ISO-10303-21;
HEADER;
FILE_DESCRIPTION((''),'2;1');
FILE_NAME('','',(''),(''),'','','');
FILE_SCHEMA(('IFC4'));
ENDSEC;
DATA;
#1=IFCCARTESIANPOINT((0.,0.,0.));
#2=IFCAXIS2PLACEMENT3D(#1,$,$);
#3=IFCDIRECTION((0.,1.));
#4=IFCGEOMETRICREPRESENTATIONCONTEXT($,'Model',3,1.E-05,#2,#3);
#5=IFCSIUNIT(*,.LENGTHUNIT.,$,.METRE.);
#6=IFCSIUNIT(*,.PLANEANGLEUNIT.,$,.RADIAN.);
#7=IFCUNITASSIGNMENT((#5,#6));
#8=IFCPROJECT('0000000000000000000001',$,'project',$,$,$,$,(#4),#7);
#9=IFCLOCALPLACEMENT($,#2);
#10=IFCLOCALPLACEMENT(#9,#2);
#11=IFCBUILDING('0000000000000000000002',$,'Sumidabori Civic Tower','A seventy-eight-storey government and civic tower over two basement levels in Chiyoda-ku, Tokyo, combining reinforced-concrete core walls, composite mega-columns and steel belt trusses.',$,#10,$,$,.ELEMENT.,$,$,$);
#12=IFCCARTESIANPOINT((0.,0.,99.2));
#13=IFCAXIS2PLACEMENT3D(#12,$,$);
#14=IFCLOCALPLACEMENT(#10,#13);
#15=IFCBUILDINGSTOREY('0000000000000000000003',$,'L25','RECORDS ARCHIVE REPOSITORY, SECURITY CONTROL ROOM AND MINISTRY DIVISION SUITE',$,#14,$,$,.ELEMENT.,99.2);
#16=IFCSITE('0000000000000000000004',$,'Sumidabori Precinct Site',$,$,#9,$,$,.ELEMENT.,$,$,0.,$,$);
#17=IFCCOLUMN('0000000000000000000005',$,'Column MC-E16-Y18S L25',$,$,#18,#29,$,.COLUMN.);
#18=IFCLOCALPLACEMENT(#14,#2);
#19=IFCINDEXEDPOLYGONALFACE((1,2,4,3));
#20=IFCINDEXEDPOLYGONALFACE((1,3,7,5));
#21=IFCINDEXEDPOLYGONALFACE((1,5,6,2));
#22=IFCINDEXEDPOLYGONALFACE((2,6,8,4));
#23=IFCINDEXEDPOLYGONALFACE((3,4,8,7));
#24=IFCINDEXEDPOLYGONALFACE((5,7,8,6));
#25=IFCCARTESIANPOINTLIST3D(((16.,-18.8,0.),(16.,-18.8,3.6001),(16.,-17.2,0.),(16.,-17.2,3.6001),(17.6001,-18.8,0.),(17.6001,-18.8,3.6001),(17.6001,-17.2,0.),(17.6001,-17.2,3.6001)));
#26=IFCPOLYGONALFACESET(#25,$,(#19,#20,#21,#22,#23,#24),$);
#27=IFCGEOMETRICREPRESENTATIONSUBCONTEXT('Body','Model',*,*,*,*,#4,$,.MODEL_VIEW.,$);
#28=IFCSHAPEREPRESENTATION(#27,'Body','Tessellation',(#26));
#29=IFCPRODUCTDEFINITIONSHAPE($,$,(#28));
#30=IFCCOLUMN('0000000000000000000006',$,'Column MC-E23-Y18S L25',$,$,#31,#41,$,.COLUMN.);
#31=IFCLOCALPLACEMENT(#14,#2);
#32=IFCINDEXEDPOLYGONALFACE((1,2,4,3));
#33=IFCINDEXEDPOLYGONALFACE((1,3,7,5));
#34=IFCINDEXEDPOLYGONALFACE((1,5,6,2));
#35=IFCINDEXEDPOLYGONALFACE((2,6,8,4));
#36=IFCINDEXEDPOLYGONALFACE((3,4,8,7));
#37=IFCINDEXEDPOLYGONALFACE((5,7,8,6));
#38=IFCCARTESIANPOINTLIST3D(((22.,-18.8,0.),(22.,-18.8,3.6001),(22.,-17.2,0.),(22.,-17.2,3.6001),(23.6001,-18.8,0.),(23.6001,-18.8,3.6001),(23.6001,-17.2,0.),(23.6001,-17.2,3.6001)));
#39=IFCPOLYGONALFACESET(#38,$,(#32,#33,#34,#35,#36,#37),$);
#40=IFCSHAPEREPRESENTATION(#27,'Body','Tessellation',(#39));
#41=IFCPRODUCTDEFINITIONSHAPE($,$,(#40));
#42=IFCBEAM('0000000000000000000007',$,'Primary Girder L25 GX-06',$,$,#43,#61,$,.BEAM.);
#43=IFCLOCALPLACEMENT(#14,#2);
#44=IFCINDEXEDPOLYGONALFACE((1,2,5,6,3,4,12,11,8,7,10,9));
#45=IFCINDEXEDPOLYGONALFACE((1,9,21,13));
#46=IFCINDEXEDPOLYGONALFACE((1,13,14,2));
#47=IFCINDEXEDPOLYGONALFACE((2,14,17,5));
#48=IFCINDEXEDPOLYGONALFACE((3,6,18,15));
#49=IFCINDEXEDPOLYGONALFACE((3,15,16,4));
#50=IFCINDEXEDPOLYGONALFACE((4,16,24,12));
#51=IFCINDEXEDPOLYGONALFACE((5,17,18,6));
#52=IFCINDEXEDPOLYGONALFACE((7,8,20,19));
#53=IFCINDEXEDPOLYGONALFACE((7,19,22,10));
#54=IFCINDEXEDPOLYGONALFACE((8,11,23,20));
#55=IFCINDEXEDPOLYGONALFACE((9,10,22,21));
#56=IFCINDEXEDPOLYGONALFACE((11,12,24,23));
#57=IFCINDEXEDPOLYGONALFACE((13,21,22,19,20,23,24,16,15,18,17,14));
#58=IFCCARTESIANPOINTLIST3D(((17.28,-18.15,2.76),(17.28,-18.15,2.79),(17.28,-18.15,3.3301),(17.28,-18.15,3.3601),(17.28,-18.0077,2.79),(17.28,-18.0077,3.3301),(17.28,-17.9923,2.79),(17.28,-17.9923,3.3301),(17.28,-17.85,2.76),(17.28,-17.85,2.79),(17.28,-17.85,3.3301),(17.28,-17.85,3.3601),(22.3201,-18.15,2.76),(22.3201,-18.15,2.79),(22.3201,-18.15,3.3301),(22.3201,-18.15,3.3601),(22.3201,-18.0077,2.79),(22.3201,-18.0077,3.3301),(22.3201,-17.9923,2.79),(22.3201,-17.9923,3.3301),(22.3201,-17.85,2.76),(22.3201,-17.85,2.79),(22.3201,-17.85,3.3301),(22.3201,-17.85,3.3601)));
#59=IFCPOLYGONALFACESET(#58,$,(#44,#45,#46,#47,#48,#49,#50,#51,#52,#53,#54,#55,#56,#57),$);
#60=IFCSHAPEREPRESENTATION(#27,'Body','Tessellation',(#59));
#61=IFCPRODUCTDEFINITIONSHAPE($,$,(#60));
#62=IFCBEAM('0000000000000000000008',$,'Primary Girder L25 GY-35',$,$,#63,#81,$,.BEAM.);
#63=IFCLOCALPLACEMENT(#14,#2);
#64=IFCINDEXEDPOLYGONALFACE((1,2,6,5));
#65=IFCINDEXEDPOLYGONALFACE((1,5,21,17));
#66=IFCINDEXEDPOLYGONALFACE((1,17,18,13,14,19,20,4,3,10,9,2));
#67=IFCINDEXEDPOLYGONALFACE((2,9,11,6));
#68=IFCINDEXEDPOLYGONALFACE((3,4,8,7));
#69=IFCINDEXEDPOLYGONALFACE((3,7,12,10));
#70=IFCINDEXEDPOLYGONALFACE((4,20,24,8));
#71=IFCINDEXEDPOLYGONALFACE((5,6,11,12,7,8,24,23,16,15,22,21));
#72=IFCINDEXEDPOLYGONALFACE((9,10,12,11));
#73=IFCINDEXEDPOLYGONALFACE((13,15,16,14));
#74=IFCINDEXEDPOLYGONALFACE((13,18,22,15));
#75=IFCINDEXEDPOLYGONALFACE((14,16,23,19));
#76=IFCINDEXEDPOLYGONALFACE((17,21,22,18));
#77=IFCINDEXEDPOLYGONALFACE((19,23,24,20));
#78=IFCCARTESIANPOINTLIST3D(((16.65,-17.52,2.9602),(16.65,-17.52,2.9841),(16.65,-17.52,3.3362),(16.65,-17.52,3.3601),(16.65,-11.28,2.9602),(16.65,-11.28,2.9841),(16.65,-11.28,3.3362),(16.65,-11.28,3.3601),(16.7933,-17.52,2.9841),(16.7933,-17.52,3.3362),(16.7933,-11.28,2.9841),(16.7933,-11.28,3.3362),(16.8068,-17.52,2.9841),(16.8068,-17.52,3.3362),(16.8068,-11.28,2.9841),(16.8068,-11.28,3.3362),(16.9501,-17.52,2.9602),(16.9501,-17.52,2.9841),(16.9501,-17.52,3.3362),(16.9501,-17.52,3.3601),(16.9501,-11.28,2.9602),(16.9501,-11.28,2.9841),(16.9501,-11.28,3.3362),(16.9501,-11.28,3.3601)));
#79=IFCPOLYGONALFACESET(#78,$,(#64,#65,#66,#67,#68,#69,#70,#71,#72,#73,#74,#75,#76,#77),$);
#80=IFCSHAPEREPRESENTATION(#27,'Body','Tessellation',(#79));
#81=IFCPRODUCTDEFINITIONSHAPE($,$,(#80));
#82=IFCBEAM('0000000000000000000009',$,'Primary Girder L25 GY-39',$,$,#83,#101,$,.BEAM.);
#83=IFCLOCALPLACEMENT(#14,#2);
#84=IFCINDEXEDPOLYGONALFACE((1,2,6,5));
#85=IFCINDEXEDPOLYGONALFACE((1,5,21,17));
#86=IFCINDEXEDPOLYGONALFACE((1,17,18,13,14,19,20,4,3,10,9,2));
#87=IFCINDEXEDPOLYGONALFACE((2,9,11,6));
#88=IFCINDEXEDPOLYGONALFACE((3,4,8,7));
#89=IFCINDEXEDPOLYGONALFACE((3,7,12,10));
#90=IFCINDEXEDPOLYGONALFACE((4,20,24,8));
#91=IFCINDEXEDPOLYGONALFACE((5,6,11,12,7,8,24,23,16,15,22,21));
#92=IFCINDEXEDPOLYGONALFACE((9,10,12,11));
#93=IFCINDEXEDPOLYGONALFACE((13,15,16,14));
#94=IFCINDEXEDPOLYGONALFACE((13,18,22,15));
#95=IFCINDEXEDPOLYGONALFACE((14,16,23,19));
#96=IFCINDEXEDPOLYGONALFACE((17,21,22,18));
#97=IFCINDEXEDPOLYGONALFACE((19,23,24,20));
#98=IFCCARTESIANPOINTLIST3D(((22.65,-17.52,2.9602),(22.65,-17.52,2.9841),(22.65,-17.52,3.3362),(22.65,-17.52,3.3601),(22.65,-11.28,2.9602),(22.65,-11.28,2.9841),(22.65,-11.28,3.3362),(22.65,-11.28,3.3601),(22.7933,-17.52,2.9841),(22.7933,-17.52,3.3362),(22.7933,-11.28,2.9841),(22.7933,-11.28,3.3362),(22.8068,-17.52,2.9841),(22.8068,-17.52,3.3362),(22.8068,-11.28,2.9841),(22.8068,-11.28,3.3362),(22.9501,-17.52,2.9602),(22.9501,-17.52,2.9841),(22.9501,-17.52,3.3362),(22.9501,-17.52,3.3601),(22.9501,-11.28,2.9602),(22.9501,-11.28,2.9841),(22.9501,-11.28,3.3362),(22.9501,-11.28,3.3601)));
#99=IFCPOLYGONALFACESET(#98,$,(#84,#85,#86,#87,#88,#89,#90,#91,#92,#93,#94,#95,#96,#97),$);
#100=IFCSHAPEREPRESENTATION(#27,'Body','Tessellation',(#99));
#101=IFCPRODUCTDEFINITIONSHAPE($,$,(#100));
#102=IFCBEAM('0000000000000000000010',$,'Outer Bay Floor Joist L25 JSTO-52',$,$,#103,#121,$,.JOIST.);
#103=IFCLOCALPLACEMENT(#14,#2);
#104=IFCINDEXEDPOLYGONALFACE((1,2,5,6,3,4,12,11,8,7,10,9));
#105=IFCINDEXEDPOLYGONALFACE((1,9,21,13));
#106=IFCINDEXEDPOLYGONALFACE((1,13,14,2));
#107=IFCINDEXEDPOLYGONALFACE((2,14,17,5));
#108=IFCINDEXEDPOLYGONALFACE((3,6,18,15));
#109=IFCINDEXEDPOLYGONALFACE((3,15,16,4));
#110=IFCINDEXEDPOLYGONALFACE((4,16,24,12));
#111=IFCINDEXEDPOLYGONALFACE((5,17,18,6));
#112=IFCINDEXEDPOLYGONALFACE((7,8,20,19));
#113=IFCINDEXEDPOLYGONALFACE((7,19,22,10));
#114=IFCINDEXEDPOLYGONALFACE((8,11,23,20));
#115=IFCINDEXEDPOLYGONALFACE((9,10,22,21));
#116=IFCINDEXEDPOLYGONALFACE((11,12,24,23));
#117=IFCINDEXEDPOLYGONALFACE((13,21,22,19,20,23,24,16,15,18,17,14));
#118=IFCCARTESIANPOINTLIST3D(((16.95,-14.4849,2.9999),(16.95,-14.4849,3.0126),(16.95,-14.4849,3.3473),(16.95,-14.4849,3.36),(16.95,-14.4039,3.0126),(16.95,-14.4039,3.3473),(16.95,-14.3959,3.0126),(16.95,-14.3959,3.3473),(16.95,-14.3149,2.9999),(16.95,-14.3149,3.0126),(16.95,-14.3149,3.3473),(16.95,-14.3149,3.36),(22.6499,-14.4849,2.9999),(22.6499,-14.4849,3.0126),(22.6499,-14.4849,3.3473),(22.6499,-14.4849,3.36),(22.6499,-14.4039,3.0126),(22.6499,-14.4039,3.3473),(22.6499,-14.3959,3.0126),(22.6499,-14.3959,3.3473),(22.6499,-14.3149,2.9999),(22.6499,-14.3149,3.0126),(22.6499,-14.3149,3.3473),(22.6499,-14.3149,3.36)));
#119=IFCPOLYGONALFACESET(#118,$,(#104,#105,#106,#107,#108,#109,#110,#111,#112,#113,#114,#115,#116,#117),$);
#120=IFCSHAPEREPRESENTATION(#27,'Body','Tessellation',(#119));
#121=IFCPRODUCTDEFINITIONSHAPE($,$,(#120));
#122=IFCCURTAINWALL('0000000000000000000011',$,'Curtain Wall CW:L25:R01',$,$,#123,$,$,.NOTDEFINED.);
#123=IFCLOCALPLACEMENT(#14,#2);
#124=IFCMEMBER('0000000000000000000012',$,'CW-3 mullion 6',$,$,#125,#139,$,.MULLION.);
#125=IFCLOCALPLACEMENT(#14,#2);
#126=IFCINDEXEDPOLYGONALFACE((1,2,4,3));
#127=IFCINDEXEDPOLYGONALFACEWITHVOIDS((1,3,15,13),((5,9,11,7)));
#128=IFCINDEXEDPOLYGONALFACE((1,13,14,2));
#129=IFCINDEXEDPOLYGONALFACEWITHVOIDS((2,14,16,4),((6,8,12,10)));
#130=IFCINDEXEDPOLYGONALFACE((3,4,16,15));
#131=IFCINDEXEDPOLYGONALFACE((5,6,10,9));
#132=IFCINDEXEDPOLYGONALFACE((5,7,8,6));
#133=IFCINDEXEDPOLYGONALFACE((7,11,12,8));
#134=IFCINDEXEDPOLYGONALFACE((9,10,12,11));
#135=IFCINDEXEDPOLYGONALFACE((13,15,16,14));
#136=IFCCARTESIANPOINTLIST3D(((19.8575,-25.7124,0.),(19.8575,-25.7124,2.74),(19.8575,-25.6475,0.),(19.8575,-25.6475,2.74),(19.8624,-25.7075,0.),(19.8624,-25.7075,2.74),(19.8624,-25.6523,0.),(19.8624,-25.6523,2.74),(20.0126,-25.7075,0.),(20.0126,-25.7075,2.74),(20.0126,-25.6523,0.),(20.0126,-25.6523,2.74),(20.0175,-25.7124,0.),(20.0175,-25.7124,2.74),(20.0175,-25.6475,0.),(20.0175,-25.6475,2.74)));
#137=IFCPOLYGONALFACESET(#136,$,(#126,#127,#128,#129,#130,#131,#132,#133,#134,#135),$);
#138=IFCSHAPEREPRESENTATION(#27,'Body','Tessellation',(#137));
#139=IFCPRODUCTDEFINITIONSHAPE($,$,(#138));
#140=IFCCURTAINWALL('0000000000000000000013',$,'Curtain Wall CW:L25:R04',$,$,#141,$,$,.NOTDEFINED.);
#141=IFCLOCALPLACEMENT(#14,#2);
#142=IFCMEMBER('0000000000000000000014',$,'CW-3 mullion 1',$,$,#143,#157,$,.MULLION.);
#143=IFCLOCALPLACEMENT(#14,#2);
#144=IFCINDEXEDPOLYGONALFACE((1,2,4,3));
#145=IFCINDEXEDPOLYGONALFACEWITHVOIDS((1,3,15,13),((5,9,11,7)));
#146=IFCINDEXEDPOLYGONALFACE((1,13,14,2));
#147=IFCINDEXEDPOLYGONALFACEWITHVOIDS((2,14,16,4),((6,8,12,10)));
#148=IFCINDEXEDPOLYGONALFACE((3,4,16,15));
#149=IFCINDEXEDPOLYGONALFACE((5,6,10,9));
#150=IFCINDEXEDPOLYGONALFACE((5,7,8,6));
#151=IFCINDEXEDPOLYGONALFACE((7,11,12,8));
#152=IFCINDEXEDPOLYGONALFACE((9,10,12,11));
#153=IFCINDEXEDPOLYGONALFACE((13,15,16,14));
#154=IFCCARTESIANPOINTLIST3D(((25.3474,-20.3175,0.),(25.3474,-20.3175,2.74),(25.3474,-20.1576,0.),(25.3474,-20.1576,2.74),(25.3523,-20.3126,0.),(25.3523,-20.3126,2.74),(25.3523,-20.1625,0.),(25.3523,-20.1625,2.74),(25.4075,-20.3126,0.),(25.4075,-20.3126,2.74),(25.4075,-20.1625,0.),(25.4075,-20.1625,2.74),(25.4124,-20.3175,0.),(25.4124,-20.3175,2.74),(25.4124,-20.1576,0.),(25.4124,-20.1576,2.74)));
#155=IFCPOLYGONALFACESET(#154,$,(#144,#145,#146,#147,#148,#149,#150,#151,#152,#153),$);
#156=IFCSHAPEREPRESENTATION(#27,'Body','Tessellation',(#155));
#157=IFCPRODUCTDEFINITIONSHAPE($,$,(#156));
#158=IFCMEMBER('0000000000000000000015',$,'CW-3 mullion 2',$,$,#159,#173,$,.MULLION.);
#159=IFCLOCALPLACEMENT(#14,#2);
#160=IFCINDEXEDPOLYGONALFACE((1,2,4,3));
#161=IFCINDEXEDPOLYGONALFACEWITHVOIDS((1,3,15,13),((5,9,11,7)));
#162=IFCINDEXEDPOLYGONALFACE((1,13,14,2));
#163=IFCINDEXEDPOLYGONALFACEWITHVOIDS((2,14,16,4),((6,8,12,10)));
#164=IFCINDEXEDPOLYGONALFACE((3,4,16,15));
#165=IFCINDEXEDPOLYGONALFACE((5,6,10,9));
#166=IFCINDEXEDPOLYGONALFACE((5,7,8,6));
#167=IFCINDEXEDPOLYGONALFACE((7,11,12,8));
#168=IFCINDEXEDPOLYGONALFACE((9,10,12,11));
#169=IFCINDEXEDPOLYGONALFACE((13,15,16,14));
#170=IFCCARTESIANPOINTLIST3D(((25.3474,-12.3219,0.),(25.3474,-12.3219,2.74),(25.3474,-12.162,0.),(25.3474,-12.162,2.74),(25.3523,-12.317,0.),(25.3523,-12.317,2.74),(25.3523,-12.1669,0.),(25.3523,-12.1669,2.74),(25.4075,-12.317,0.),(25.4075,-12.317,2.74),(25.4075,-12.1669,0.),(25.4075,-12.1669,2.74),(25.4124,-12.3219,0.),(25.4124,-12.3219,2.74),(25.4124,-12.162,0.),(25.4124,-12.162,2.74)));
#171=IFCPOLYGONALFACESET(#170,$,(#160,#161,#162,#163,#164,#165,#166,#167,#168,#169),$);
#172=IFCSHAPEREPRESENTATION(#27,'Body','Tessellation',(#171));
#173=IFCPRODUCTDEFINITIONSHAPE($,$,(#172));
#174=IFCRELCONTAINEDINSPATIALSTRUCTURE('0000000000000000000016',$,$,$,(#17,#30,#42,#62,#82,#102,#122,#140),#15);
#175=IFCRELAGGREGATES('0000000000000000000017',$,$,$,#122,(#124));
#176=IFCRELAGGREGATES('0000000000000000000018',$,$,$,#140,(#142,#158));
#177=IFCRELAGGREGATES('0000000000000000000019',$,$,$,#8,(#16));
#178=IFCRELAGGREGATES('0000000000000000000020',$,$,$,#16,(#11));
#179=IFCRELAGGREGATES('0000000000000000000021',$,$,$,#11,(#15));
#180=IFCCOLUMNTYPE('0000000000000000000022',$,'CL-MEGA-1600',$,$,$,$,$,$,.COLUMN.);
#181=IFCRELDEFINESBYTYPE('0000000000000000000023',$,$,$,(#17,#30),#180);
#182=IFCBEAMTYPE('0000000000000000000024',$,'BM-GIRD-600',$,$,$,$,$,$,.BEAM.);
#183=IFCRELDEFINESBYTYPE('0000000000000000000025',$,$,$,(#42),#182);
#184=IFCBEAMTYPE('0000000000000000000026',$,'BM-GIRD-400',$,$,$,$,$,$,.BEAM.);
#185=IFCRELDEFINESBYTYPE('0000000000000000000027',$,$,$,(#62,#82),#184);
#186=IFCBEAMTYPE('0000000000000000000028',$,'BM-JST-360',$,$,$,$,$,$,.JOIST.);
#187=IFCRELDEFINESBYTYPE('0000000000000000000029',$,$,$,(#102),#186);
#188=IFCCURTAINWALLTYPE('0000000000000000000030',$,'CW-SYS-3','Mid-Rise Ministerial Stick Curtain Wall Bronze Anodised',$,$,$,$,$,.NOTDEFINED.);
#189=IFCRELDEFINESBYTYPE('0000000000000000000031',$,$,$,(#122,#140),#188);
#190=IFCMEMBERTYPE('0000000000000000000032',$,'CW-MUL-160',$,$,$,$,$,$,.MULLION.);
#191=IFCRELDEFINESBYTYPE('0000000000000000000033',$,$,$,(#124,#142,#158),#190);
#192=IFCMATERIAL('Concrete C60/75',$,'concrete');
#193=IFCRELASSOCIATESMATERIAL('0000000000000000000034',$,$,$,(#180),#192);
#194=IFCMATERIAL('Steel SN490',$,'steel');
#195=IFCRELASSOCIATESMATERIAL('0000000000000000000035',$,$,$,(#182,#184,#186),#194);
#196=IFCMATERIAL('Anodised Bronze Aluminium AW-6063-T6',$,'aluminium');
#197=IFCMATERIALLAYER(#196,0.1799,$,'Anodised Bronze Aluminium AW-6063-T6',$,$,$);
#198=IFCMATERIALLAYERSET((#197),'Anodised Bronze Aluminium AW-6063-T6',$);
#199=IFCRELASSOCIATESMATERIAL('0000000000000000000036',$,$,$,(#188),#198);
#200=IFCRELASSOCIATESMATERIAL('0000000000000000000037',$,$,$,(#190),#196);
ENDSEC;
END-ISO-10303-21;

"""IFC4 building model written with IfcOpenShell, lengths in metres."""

from ifc_helpers import new_model, si_unit, direction, frame, origin, origin_2d, place, context, subcontext, project, spatial, rectangle, hollow_rectangle, i_section, extrude, source, transform, mapped, material, layer, layer_set, material_profile, profile_set, type_object, element, aggregate, save


model = new_model("IFC4")

# Units and contexts
model_context = context("Model", 3, precision=1e-05, world=origin(), true_north=direction((0.0, 1.0)))
body_context = subcontext(model_context, "Body", "Model", "MODEL_VIEW")
ifc_project = project(units=[si_unit("LENGTHUNIT", "METRE"), si_unit("PLANEANGLEUNIT", "RADIAN")], contexts=[model_context])

# Site, building, storey
site_placement = place(None, origin())
site = spatial("IfcSite", under=ifc_project, at=site_placement, Name="Sumidabori Precinct Site", CompositionType="ELEMENT", RefElevation=0.0)
building_placement = place(site_placement, origin())
building = spatial("IfcBuilding", under=site, at=building_placement, Name="Sumidabori Civic Tower", Description="A seventy-eight-storey government and civic tower over two basement levels in Chiyoda-ku, Tokyo, combining reinforced-concrete core walls, composite mega-columns and steel belt trusses.", CompositionType="ELEMENT")
storey_placement = place(building_placement, frame((0.0, 0.0, 99.2)))
storey = spatial("IfcBuildingStorey", under=building, at=storey_placement, Name="L25", Description="RECORDS ARCHIVE REPOSITORY, SECURITY CONTROL ROOM AND MINISTRY DIVISION SUITE", CompositionType="ELEMENT", Elevation=99.2)

# Columns
ifc_material_1 = material(Name="Concrete C60/75", Category="concrete")
ifc_material_profile_1 = material_profile(ifc_material_1, rectangle(XDim=1.6001, YDim=1.6001, at=origin_2d()), Name="RC 1600x1600")
ifc_profile_set_1 = profile_set([ifc_material_profile_1], Name="Concrete C60/75")
column_type = type_object("IfcColumnType", Name="CL-MEGA-1600", PredefinedType="COLUMN", material=ifc_profile_set_1)
shared_shape_1 = source(origin(), body_context, "Body", "SweptSolid", [
    extrude(rectangle(XDim=1.6001, YDim=1.6001, at=origin_2d()), origin(), (0.0, 0.0, 1.0), 3.6001),
])
for number, where, z_axis, x_axis, name in (
    (1, (16.8, -18.0, 0.0), (0.0, 0.0, 1.0), (1.0, 0.0, 0.0), "Column MC-E16-Y18S L25"),
    (2, (22.8, -18.0, 0.0), (0.0, 0.0, 1.0), (1.0, 0.0, 0.0), "Column MC-E23-Y18S L25"),
):
    element("IfcColumn", number, at=place(storey_placement, frame(where, z_axis=z_axis, x_axis=x_axis)), inside=storey, type_object=column_type, Name=name, PredefinedType="COLUMN", context=body_context, shape_type="MappedRepresentation", body=[
        mapped(shared_shape_1, transform((0.0, 0.0, 0.0), x_axis=(1.0, 0.0, 0.0), y_axis=(0.0, 1.0, 0.0), z_axis=(0.0, 0.0, 1.0), scale=1.0)),
    ])

# Beams
ifc_material_2 = material(Name="Steel SN490", Category="steel")
ifc_material_profile_2 = material_profile(ifc_material_2, i_section(OverallWidth=0.3, OverallDepth=0.6001, WebThickness=0.0154, FlangeThickness=0.03, at=origin_2d()), Name="HE 600 B")
ifc_profile_set_2 = profile_set([ifc_material_profile_2], Name="Steel SN490")
beam_type_1 = type_object("IfcBeamType", Name="BM-GIRD-600", PredefinedType="BEAM", material=ifc_profile_set_2)
shared_shape_2 = source(origin(), body_context, "Body", "SweptSolid", [
    extrude(i_section(OverallWidth=0.3, OverallDepth=0.6001, WebThickness=0.0154, FlangeThickness=0.03, at=origin_2d()), origin(), (0.0, 0.0, 1.0), 5.04),
])
beam_1_placement = place(storey_placement, frame((17.28, -18.0, 3.0601), z_axis=(1.0, 0.0, 0.0), x_axis=(0.0, 1.0, 0.0)))
element("IfcBeam", 3, at=beam_1_placement, inside=storey, type_object=beam_type_1, Name="Primary Girder L25 GX-06", PredefinedType="BEAM", context=body_context, shape_type="MappedRepresentation", body=[
    mapped(shared_shape_2, transform((0.0, 0.0, 0.0), x_axis=(1.0, 0.0, 0.0), y_axis=(0.0, 1.0, 0.0), z_axis=(0.0, 0.0, 1.0), scale=1.0)),
])
ifc_material_profile_3 = material_profile(ifc_material_2, i_section(OverallWidth=0.3, OverallDepth=0.3999, WebThickness=0.0134, FlangeThickness=0.0239, at=origin_2d()), Name="HE 400 B")
ifc_profile_set_3 = profile_set([ifc_material_profile_3], Name="Steel SN490")
beam_type_2 = type_object("IfcBeamType", Name="BM-GIRD-400", PredefinedType="BEAM", material=ifc_profile_set_3)
shared_shape_3 = source(origin(), body_context, "Body", "SweptSolid", [
    extrude(i_section(OverallWidth=0.3, OverallDepth=0.3999, WebThickness=0.0134, FlangeThickness=0.0239, at=origin_2d()), origin(), (0.0, 0.0, 1.0), 6.24),
])
for number, where, z_axis, x_axis, name in (
    (4, (16.8, -17.52, 3.1602), (0.0, 1.0, 0.0), (-1.0, 0.0, 0.0), "Primary Girder L25 GY-35"),
    (5, (22.8, -17.52, 3.1602), (0.0, 1.0, 0.0), (-1.0, 0.0, 0.0), "Primary Girder L25 GY-39"),
):
    element("IfcBeam", number, at=place(storey_placement, frame(where, z_axis=z_axis, x_axis=x_axis)), inside=storey, type_object=beam_type_2, Name=name, PredefinedType="BEAM", context=body_context, shape_type="MappedRepresentation", body=[
        mapped(shared_shape_3, transform((0.0, 0.0, 0.0), x_axis=(1.0, 0.0, 0.0), y_axis=(0.0, 1.0, 0.0), z_axis=(0.0, 0.0, 1.0), scale=1.0)),
    ])
ifc_material_profile_4 = material_profile(ifc_material_2, i_section(OverallWidth=0.1699, OverallDepth=0.3601, WebThickness=0.0081, FlangeThickness=0.0127, at=origin_2d()), Name="IPE 360")
ifc_profile_set_4 = profile_set([ifc_material_profile_4], Name="Steel SN490")
beam_type_3 = type_object("IfcBeamType", Name="BM-JST-360", PredefinedType="JOIST", material=ifc_profile_set_4)
shared_shape_4 = source(origin(), body_context, "Body", "SweptSolid", [
    extrude(i_section(OverallWidth=0.1699, OverallDepth=0.3601, WebThickness=0.0081, FlangeThickness=0.0127, at=origin_2d()), origin(), (0.0, 0.0, 1.0), 5.7),
])
beam_2_placement = place(storey_placement, frame((16.95, -14.3999, 3.1799), z_axis=(1.0, 0.0, 0.0), x_axis=(0.0, 1.0, 0.0)))
element("IfcBeam", 6, at=beam_2_placement, inside=storey, type_object=beam_type_3, Name="Outer Bay Floor Joist L25 JSTO-52", PredefinedType="JOIST", context=body_context, shape_type="MappedRepresentation", body=[
    mapped(shared_shape_4, transform((0.0, 0.0, 0.0), x_axis=(1.0, 0.0, 0.0), y_axis=(0.0, 1.0, 0.0), z_axis=(0.0, 0.0, 1.0), scale=1.0)),
])

# Curtain wall, member
ifc_material_3 = material(Name="Anodised Bronze Aluminium AW-6063-T6", Category="aluminium")
ifc_layer_1 = layer(ifc_material_3, 0.1799, Name="Anodised Bronze Aluminium AW-6063-T6")
ifc_layer_set_1 = layer_set([ifc_layer_1], Name="Anodised Bronze Aluminium AW-6063-T6")
curtain_wall_type = type_object("IfcCurtainWallType", Name="CW-SYS-3", Description="Mid-Rise Ministerial Stick Curtain Wall Bronze Anodised", PredefinedType="NOTDEFINED", material=ifc_layer_set_1)
curtain_wall_1_placement = place(storey_placement, origin())
curtain_wall_1 = element("IfcCurtainWall", 7, at=curtain_wall_1_placement, inside=storey, type_object=curtain_wall_type, Name="Curtain Wall CW:L25:R01", PredefinedType="NOTDEFINED")
ifc_material_profile_5 = material_profile(ifc_material_3, hollow_rectangle(XDim=0.0649, YDim=0.1599, WallThickness=0.0049, at=origin_2d()), Name="ALU MULLION 160x65")
ifc_profile_set_5 = profile_set([ifc_material_profile_5], Name="Anodised Bronze Aluminium AW-6063-T6")
member_type_1 = type_object("IfcMemberType", Name="CW-MUL-160", PredefinedType="MULLION", material=ifc_profile_set_5)
shared_shape_5 = source(origin(), body_context, "Body", "SweptSolid", [
    extrude(hollow_rectangle(XDim=0.0649, YDim=0.1599, WallThickness=0.0049, at=origin_2d()), origin(), (0.0, 0.0, 1.0), 2.74),
])
member_1_placement = place(storey_placement, frame((19.9375, -25.6799, 0.0), z_axis=(0.0, 0.0, 1.0), x_axis=(0.0, 1.0, 0.0)))
member_1 = element("IfcMember", 8, at=member_1_placement, type_object=member_type_1, Name="CW-3 mullion 6", PredefinedType="MULLION", context=body_context, shape_type="MappedRepresentation", body=[
    mapped(shared_shape_5, transform((0.0, 0.0, 0.0), x_axis=(1.0, 0.0, 0.0), y_axis=(0.0, 1.0, 0.0), z_axis=(0.0, 0.0, 1.0), scale=1.0)),
])
aggregate(curtain_wall_1, [member_1])

# Curtain wall, members
curtain_wall_2_placement = place(storey_placement, origin())
curtain_wall_2 = element("IfcCurtainWall", 9, at=curtain_wall_2_placement, inside=storey, type_object=curtain_wall_type, Name="Curtain Wall CW:L25:R04", PredefinedType="NOTDEFINED")
member_2_placement = place(storey_placement, frame((25.3799, -20.2375, 0.0), z_axis=(0.0, 0.0, 1.0), x_axis=(-1.0, 0.0, 0.0)))
member_2 = element("IfcMember", 10, at=member_2_placement, type_object=member_type_1, Name="CW-3 mullion 1", PredefinedType="MULLION", context=body_context, shape_type="MappedRepresentation", body=[
    mapped(shared_shape_5, transform((0.0, 0.0, 0.0), x_axis=(1.0, 0.0, 0.0), y_axis=(0.0, 1.0, 0.0), z_axis=(0.0, 0.0, 1.0), scale=1.0)),
])
member_3_placement = place(storey_placement, frame((25.3799, -12.2419, 0.0), z_axis=(0.0, 0.0, 1.0), x_axis=(-1.0, 0.0, 0.0)))
member_3 = element("IfcMember", 11, at=member_3_placement, type_object=member_type_1, Name="CW-3 mullion 2", PredefinedType="MULLION", context=body_context, shape_type="MappedRepresentation", body=[
    mapped(shared_shape_5, transform((0.0, 0.0, 0.0), x_axis=(1.0, 0.0, 0.0), y_axis=(0.0, 1.0, 0.0), z_axis=(0.0, 0.0, 1.0), scale=1.0)),
])
aggregate(curtain_wall_2, [member_2, member_3])

save(model, "model.ifc")
